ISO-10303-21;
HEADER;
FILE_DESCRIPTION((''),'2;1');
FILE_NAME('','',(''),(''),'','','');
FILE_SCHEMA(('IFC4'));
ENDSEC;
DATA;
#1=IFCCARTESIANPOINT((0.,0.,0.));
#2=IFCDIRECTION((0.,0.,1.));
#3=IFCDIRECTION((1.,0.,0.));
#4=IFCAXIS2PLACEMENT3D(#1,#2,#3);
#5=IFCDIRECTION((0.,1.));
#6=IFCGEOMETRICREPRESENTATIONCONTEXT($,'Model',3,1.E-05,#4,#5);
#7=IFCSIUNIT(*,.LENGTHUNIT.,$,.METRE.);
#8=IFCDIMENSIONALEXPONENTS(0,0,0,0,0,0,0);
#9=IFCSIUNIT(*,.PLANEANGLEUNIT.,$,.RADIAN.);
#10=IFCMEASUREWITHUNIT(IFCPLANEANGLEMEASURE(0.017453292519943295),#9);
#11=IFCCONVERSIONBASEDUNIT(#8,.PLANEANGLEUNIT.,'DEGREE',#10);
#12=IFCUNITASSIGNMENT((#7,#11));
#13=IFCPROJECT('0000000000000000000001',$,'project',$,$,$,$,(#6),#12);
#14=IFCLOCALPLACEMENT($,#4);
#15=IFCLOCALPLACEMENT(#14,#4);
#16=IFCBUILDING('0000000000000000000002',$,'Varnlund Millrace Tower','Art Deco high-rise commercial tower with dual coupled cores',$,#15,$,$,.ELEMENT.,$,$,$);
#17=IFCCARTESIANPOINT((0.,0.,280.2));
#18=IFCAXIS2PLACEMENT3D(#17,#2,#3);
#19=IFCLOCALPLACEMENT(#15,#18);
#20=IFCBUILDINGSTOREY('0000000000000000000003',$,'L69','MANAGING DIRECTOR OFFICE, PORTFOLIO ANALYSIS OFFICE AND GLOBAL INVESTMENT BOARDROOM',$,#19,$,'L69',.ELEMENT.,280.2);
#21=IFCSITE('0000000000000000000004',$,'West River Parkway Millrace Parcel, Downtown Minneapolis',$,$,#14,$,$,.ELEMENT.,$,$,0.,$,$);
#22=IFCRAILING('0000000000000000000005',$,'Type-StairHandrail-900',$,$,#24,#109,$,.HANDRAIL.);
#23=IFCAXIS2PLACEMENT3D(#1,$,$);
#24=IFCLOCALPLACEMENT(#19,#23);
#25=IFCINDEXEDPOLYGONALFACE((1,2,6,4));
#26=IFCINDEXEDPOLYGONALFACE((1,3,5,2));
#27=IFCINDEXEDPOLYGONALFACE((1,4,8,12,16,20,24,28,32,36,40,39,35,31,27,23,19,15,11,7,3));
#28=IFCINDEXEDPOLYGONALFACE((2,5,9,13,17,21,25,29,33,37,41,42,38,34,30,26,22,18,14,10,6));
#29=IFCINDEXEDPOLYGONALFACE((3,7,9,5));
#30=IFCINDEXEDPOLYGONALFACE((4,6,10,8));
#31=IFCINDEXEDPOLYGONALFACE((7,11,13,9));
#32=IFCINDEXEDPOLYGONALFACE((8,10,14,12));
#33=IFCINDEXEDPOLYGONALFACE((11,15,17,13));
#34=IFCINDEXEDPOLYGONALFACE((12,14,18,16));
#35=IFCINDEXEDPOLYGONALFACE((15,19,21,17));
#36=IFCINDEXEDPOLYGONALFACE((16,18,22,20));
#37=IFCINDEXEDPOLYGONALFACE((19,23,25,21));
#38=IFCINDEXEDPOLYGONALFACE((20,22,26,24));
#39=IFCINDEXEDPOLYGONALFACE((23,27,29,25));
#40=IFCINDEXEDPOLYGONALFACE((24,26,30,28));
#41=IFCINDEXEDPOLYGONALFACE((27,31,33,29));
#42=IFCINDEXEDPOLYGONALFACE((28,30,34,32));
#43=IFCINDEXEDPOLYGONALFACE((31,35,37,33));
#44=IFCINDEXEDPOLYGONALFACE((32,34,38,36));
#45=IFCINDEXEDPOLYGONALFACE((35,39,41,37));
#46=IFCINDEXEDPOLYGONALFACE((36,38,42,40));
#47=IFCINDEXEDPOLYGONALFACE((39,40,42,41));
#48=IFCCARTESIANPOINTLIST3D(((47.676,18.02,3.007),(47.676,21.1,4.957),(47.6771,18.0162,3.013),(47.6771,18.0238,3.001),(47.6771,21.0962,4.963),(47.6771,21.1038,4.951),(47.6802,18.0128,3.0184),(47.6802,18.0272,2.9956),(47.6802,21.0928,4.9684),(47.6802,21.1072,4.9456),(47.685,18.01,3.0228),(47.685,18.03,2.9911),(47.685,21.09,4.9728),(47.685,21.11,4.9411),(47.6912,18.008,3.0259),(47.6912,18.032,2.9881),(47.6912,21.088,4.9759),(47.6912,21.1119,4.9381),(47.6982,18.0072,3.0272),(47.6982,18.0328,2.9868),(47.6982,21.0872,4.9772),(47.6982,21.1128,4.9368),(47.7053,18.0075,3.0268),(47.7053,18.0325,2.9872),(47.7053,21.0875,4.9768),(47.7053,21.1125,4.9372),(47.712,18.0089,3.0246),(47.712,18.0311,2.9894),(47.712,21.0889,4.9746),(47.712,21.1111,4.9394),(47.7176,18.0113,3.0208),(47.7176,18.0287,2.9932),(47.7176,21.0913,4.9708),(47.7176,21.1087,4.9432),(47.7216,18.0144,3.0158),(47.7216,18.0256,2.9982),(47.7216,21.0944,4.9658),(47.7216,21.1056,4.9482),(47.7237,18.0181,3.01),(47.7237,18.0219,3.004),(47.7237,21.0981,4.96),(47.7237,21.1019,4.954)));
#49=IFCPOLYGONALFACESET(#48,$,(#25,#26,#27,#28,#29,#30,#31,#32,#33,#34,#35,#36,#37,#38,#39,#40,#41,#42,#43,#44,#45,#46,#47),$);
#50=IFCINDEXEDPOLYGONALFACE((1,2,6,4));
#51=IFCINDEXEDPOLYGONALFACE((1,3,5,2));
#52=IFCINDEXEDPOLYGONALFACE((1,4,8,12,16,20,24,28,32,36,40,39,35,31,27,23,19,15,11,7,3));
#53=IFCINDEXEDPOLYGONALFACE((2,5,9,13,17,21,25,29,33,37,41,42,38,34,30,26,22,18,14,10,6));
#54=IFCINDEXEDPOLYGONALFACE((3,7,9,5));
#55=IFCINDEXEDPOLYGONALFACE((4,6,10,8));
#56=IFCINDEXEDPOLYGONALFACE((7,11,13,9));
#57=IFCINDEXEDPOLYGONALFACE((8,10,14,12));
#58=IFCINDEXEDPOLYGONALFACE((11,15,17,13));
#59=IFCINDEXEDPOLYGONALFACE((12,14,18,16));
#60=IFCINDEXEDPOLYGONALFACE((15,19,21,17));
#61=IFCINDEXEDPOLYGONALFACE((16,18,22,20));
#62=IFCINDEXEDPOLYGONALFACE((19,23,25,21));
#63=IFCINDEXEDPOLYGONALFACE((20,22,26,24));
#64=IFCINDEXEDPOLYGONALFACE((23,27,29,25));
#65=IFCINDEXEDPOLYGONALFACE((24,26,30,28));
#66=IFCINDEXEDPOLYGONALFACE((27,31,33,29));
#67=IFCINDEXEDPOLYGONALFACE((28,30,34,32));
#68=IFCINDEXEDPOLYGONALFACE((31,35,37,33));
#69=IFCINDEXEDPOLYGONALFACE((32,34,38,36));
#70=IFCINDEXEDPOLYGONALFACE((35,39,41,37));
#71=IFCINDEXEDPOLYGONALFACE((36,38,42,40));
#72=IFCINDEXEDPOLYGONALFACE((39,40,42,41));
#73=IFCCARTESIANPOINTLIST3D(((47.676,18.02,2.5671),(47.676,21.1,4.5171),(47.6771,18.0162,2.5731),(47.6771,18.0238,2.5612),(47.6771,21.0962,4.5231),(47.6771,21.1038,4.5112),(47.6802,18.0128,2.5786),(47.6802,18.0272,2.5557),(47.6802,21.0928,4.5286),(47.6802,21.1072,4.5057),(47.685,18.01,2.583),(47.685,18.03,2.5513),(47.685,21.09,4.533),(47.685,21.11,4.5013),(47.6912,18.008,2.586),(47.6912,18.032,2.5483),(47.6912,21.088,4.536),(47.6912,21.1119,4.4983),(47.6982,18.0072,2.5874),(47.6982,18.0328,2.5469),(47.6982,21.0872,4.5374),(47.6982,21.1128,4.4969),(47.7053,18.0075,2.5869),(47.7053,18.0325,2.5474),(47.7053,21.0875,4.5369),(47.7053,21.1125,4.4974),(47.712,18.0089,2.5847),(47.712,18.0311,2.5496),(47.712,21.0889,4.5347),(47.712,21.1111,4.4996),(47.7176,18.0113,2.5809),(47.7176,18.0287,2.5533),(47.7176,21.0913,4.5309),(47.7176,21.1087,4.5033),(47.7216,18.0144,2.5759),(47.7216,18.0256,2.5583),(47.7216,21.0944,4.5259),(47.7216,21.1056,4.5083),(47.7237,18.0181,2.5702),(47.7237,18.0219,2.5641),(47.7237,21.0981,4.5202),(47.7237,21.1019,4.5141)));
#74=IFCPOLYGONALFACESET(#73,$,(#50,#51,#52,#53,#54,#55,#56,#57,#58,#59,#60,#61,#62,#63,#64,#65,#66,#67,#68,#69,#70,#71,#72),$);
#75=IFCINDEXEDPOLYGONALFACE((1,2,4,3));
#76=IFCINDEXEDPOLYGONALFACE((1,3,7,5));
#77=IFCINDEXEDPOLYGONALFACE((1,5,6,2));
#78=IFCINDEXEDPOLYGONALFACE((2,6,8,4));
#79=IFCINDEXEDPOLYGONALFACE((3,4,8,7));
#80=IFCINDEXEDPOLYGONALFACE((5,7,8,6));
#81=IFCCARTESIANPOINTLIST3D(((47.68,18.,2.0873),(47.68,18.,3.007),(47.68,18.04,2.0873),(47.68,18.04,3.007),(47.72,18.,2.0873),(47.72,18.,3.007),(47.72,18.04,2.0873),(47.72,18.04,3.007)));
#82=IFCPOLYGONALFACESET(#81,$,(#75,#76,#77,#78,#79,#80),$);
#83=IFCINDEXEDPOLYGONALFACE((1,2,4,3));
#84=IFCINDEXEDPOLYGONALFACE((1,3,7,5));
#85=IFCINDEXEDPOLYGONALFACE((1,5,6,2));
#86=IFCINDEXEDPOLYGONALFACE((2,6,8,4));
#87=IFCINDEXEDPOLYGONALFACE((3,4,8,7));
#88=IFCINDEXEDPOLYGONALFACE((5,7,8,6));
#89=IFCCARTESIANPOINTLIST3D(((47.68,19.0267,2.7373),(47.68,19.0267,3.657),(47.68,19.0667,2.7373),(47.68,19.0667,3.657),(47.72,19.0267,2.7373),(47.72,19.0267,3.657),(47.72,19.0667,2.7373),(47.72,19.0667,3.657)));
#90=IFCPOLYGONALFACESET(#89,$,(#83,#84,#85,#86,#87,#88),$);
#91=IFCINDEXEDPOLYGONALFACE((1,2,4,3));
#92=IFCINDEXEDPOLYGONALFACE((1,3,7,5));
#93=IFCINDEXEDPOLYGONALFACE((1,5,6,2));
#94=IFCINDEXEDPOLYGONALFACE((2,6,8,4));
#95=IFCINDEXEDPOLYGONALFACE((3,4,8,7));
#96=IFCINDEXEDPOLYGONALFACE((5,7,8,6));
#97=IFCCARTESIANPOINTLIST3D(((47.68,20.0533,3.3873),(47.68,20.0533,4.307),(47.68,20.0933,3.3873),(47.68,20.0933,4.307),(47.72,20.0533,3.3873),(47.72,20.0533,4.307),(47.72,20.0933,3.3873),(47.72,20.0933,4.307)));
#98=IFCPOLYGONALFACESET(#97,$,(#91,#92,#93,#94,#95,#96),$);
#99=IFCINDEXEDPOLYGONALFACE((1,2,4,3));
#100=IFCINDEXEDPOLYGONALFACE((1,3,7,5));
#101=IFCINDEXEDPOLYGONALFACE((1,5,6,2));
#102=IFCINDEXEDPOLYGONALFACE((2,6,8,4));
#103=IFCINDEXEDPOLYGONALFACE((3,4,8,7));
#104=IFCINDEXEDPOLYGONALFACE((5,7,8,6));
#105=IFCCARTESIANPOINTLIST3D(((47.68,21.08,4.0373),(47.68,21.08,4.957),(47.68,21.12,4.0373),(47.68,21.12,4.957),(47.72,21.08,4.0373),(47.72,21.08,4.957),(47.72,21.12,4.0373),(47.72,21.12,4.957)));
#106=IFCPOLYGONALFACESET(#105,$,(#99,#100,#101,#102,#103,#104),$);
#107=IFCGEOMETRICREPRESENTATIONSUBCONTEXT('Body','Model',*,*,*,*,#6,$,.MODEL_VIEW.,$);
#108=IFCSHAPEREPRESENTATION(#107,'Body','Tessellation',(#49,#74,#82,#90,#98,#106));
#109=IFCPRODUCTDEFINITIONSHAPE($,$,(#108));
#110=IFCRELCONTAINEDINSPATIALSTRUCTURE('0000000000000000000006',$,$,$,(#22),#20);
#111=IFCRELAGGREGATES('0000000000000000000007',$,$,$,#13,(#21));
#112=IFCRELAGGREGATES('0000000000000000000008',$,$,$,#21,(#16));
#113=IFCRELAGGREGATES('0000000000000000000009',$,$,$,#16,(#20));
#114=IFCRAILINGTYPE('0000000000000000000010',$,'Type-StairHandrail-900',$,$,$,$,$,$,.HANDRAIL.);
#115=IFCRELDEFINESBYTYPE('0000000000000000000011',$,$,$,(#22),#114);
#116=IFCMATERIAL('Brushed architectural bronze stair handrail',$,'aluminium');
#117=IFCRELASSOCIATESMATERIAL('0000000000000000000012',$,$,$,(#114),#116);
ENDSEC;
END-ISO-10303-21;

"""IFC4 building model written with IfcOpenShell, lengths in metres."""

from ifc_helpers import new_model, entity, si_unit, converted_unit, direction, frame, origin_with_axes, origin_2d_with_axis, place, context, subcontext, project, spatial, rectangle, circle, extrude, material, type_object, element, save


model = new_model("IFC4")

# Units and contexts
model_context = context("Model", 3, precision=1e-05, world=origin_with_axes(), true_north=direction((0.0, 1.0)))
body_context = subcontext(model_context, "Body", "Model", "MODEL_VIEW")
ifc_project = project(units=[si_unit("LENGTHUNIT", "METRE"), converted_unit("PLANEANGLEUNIT", "DEGREE", entity("IfcPlaneAngleMeasure", 0.017453292519943295), si_unit("PLANEANGLEUNIT", "RADIAN"), dimensions=[0, 0, 0, 0, 0, 0, 0])], contexts=[model_context])

# Site, building, storey
site_placement = place(None, origin_with_axes())
site = spatial("IfcSite", under=ifc_project, at=site_placement, Name="West River Parkway Millrace Parcel, Downtown Minneapolis", CompositionType="ELEMENT", RefElevation=0.0)
building_placement = place(site_placement, origin_with_axes())
building = spatial("IfcBuilding", under=site, at=building_placement, Name="Varnlund Millrace Tower", Description="Art Deco high-rise commercial tower with dual coupled cores", CompositionType="ELEMENT")
storey_placement = place(building_placement, frame((0.0, 0.0, 280.2), z_axis=(0.0, 0.0, 1.0), x_axis=(1.0, 0.0, 0.0)))
storey = spatial("IfcBuildingStorey", under=building, at=storey_placement, Name="L69", Description="MANAGING DIRECTOR OFFICE, PORTFOLIO ANALYSIS OFFICE AND GLOBAL INVESTMENT BOARDROOM", LongName="L69", CompositionType="ELEMENT", Elevation=280.2)

# Railing
ifc_material_1 = material(Name="Brushed architectural bronze stair handrail", Category="aluminium")
railing_type = type_object("IfcRailingType", Name="Type-StairHandrail-900", PredefinedType="HANDRAIL", material=ifc_material_1)
railing_placement = place(storey_placement, frame((0.0, 0.0, -280.2), z_axis=(0.0, 0.0, 1.0), x_axis=(1.0, 0.0, 0.0)))
element("IfcRailing", 1, at=railing_placement, inside=storey, type_object=railing_type, Name="Type-StairHandrail-900", PredefinedType="HANDRAIL", context=body_context, shape_type="SweptSolid", body=[
    extrude(circle(Radius=0.024, at=origin_2d_with_axis()), frame((47.7, 18.02, 283.207), z_axis=(0.0, 0.844902, 0.534922), x_axis=(-1.0, 0.0, 0.0)), (0.0, 0.0, 1.0), 3.6454),
    extrude(circle(Radius=0.024, at=origin_2d_with_axis()), frame((47.7, 18.02, 282.7671), z_axis=(0.0, 0.844902, 0.534922), x_axis=(-1.0, 0.0, 0.0)), (0.0, 0.0, 1.0), 3.6454),
    extrude(rectangle(XDim=0.04, YDim=0.04, at=origin_2d_with_axis()), frame((47.7, 18.02, 282.2873), z_axis=(0.0, 0.0, 1.0), x_axis=(1.0, 0.0, 0.0)), (0.0, 0.0, 1.0), 0.9197),
    extrude(rectangle(XDim=0.04, YDim=0.04, at=origin_2d_with_axis()), frame((47.7, 19.0467, 282.9373), z_axis=(0.0, 0.0, 1.0), x_axis=(1.0, 0.0, 0.0)), (0.0, 0.0, 1.0), 0.9197),
    extrude(rectangle(XDim=0.04, YDim=0.04, at=origin_2d_with_axis()), frame((47.7, 20.0733, 283.5873), z_axis=(0.0, 0.0, 1.0), x_axis=(1.0, 0.0, 0.0)), (0.0, 0.0, 1.0), 0.9197),
    extrude(rectangle(XDim=0.04, YDim=0.04, at=origin_2d_with_axis()), frame((47.7, 21.1, 284.2373), z_axis=(0.0, 0.0, 1.0), x_axis=(1.0, 0.0, 0.0)), (0.0, 0.0, 1.0), 0.9197),
])

save(model, "model.ifc")
